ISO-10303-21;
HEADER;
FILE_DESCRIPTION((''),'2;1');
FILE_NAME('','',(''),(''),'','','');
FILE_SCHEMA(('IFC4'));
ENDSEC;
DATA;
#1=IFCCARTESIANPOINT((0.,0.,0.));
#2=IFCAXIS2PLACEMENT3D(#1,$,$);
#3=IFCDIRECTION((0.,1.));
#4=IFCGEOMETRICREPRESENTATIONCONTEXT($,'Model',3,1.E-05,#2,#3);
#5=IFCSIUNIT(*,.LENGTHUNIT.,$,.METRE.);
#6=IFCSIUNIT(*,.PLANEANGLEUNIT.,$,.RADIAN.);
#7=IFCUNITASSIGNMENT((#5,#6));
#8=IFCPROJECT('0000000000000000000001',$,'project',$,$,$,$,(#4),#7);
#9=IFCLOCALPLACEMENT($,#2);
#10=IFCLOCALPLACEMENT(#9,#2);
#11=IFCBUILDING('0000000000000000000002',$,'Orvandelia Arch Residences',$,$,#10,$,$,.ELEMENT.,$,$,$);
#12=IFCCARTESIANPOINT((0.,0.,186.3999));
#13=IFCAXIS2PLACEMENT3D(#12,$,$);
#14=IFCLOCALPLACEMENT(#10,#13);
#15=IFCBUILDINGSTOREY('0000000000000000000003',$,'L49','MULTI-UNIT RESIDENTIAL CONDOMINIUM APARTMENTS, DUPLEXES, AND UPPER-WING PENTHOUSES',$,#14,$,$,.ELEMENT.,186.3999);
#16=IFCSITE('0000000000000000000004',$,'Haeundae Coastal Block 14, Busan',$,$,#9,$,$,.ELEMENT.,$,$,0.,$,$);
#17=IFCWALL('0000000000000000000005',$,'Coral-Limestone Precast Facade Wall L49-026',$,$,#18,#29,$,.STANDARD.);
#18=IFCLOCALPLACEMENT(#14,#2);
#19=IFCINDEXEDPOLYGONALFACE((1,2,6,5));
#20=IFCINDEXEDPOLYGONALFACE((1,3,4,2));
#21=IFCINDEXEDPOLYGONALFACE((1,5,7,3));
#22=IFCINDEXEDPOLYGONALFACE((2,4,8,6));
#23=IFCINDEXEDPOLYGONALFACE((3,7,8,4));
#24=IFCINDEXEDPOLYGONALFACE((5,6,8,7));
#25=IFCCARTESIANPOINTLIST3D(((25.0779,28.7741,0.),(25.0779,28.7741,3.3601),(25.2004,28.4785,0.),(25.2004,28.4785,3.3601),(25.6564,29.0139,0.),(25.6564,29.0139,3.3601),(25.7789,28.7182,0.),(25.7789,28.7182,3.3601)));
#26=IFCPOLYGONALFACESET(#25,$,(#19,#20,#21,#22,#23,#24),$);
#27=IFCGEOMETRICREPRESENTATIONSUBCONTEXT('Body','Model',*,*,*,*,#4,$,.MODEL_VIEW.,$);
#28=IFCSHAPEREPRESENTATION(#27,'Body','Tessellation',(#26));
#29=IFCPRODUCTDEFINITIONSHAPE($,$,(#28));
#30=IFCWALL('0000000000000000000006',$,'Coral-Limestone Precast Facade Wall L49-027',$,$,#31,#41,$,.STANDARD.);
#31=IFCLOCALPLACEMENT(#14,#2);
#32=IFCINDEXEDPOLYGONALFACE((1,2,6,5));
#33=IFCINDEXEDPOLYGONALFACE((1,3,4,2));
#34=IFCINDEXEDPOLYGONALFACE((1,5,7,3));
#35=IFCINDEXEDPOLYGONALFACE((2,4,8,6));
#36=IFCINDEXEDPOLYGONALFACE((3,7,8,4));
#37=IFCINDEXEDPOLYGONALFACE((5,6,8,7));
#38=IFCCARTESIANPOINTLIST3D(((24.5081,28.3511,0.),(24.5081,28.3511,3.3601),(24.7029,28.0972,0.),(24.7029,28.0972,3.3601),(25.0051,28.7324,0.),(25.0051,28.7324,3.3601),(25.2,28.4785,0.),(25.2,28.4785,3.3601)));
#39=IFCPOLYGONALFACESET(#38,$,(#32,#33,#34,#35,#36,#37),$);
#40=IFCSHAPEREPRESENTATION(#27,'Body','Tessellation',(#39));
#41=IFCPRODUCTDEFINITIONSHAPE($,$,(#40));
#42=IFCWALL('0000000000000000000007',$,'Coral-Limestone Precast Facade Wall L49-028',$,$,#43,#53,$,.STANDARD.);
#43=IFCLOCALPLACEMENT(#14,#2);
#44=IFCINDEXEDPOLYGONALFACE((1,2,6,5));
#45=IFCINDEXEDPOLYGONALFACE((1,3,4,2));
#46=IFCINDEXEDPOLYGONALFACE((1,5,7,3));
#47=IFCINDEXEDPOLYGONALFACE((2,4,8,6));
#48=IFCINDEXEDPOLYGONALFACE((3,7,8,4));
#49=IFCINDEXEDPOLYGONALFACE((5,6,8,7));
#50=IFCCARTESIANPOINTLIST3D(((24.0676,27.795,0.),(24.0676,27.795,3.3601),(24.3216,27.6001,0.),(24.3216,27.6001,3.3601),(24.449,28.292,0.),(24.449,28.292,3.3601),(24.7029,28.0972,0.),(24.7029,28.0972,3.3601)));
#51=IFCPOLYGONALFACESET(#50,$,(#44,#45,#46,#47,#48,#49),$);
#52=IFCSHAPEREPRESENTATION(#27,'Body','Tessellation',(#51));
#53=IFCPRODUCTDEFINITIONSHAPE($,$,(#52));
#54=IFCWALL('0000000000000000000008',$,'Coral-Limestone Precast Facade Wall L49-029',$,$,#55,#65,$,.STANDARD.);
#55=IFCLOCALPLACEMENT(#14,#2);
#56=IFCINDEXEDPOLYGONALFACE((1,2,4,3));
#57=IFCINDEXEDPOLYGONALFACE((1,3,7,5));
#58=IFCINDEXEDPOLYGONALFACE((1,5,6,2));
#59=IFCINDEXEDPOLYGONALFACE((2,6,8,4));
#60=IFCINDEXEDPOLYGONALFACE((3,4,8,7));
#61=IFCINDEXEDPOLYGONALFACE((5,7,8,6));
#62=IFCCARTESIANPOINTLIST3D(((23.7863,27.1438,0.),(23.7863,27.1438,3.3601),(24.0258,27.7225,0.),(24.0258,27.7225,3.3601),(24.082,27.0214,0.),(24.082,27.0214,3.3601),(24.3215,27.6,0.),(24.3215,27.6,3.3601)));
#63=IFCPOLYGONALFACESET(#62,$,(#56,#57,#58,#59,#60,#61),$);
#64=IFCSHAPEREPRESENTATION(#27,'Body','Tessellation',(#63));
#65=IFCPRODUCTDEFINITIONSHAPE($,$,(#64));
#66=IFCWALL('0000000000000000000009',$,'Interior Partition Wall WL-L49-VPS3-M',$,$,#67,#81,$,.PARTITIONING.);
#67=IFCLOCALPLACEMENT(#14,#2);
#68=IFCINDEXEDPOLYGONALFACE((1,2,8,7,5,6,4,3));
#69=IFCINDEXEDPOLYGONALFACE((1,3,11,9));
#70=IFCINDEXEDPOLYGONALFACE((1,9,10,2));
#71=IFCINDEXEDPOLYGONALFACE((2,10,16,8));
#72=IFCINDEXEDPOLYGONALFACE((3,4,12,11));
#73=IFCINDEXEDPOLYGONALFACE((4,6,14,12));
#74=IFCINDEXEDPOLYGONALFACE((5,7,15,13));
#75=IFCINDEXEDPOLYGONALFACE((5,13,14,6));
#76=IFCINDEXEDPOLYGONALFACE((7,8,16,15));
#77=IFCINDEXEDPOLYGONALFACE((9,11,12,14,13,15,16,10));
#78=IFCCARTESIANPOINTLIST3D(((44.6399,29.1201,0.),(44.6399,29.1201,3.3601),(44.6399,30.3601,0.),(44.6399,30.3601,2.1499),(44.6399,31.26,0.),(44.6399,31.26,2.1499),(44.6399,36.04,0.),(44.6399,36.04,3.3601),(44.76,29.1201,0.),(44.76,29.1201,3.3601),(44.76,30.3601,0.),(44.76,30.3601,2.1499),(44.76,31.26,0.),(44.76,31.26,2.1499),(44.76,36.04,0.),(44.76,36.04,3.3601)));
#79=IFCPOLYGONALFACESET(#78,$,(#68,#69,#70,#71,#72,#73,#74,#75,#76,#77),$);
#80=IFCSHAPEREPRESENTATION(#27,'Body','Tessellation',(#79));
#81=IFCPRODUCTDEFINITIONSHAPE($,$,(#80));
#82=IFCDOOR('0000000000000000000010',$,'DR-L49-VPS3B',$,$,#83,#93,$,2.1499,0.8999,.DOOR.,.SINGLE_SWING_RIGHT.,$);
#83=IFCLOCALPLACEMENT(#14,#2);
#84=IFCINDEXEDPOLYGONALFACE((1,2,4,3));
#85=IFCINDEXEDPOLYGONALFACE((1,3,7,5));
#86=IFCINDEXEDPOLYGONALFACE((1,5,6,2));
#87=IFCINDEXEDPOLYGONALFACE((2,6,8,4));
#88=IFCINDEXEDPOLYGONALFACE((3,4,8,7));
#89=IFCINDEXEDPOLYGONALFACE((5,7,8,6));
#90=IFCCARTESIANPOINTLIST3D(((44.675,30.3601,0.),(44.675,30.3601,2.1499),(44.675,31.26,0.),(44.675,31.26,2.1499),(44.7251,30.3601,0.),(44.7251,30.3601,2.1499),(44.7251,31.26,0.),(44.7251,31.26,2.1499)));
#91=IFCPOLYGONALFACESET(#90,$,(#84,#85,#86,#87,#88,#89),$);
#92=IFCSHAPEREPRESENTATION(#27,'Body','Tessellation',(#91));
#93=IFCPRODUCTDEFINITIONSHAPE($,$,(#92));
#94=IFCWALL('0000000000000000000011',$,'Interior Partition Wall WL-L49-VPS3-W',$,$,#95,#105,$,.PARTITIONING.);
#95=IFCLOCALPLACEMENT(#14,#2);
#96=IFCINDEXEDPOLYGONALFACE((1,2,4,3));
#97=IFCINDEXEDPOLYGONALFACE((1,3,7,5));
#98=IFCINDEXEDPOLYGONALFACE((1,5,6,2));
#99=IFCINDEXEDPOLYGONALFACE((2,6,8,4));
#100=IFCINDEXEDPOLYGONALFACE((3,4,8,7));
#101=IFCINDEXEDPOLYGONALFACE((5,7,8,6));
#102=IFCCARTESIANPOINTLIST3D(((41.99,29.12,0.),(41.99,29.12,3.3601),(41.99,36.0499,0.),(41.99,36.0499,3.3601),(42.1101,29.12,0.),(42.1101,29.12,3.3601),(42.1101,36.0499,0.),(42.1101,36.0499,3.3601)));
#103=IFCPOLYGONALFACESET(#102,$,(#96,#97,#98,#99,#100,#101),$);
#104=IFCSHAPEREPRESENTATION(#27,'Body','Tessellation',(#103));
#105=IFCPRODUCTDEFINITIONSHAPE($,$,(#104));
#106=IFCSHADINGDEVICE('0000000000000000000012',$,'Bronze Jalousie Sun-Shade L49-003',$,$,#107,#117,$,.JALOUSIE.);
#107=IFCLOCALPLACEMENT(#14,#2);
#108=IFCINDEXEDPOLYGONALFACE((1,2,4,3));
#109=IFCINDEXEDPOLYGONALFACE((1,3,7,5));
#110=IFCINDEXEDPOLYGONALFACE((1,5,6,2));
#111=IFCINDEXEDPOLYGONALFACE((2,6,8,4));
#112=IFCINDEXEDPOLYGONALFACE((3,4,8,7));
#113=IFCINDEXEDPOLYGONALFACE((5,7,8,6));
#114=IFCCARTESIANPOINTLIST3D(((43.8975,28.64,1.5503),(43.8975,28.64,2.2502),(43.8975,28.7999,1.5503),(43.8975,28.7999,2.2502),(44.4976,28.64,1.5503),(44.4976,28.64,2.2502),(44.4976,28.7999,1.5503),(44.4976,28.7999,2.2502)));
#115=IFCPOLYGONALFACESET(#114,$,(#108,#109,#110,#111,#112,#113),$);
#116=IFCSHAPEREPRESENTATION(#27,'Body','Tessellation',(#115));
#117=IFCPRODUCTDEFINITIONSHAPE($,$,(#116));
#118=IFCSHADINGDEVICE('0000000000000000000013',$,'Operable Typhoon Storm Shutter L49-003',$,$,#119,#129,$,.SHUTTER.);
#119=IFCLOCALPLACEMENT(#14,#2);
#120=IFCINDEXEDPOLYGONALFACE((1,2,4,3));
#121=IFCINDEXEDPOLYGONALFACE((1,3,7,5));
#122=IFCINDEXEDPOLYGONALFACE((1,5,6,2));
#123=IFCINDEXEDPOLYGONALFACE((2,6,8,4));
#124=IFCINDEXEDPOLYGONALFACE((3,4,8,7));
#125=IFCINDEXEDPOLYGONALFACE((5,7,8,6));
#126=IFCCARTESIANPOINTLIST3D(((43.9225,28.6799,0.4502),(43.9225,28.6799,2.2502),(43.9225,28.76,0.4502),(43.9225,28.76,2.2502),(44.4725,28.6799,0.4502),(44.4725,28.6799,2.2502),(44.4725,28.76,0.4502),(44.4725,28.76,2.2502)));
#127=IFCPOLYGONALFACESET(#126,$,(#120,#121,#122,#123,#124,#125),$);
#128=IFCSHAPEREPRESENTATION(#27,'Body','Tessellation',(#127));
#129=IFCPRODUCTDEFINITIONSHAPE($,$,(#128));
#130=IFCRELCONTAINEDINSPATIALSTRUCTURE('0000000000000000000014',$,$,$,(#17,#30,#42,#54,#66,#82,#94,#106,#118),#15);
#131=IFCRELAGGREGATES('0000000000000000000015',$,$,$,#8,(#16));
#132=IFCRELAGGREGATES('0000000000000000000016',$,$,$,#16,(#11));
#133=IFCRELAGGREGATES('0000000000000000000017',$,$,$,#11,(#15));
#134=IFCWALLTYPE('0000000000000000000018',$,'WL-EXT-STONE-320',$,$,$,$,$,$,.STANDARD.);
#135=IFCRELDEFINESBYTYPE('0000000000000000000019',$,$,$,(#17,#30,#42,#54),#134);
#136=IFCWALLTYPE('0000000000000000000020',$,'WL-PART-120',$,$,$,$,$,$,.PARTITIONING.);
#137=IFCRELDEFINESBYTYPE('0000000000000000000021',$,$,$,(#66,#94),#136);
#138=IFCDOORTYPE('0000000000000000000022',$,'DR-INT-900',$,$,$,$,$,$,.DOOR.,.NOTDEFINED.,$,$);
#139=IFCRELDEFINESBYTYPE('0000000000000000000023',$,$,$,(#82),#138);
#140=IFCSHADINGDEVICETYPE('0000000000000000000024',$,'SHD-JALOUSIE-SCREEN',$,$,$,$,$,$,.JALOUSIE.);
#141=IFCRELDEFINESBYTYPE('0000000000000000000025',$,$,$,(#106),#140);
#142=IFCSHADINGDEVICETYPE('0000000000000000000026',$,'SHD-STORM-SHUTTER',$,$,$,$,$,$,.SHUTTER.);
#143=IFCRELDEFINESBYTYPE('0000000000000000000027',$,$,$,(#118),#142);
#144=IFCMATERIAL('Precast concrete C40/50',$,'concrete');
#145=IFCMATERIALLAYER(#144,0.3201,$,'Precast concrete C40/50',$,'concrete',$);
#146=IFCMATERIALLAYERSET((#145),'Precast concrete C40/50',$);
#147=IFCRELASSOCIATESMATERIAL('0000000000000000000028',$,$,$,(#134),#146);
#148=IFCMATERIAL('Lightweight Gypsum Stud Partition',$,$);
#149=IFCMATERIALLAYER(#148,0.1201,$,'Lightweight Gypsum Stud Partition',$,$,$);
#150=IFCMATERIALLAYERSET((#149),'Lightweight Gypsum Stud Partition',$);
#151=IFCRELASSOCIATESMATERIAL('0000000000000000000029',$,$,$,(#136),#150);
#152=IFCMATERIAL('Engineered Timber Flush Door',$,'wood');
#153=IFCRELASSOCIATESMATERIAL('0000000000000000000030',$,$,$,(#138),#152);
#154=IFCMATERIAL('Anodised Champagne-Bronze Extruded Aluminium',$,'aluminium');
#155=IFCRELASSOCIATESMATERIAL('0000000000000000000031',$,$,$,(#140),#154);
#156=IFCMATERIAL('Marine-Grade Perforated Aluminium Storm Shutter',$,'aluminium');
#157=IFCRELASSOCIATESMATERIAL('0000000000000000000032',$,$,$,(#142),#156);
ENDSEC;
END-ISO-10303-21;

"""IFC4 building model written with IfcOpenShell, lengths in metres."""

from ifc_helpers import new_model, si_unit, direction, frame, frame_2d, origin, origin_2d, place, context, subcontext, project, spatial, rectangle, extrude, material, layer, layer_set, type_object, element, fill, save


model = new_model("IFC4")

# Units and contexts
model_context = context("Model", 3, precision=1e-05, world=origin(), true_north=direction((0.0, 1.0)))
body_context = subcontext(model_context, "Body", "Model", "MODEL_VIEW")
ifc_project = project(units=[si_unit("LENGTHUNIT", "METRE"), si_unit("PLANEANGLEUNIT", "RADIAN")], contexts=[model_context])

# Site, building, storey
site_placement = place(None, origin())
site = spatial("IfcSite", under=ifc_project, at=site_placement, Name="Haeundae Coastal Block 14, Busan", CompositionType="ELEMENT", RefElevation=0.0)
building_placement = place(site_placement, origin())
building = spatial("IfcBuilding", under=site, at=building_placement, Name="Orvandelia Arch Residences", CompositionType="ELEMENT")
storey_placement = place(building_placement, frame((0.0, 0.0, 186.3999)))
storey = spatial("IfcBuildingStorey", under=building, at=storey_placement, Name="L49", Description="MULTI-UNIT RESIDENTIAL CONDOMINIUM APARTMENTS, DUPLEXES, AND UPPER-WING PENTHOUSES", CompositionType="ELEMENT", Elevation=186.3999)

# Shared definitions
ifc_material_1 = material(Name="Precast concrete C40/50", Category="concrete")
ifc_layer_1 = layer(ifc_material_1, 0.3201, Name="Precast concrete C40/50", Category="concrete")
ifc_layer_set_1 = layer_set([ifc_layer_1], Name="Precast concrete C40/50")
wall_type_1 = type_object("IfcWallType", Name="WL-EXT-STONE-320", PredefinedType="STANDARD", material=ifc_layer_set_1)

# Walls
wall_1_placement = place(storey_placement, frame((25.7175, 28.866, 0.0), z_axis=(0.0, 0.0, 1.0), x_axis=(-0.923836, -0.382788, 0.0)))
element("IfcWall", 1, at=wall_1_placement, inside=storey, type_object=wall_type_1, Name="Coral-Limestone Precast Facade Wall L49-026", PredefinedType="STANDARD", context=body_context, shape_type="SweptSolid", body=[
    extrude(rectangle(XDim=0.6262, YDim=0.3201, at=frame_2d((0.313, 0.0))), origin(), (0.0, 0.0, 1.0), 3.3601),
])
for number, where, z_axis, x_axis, name in (
    (2, (25.1025, 28.6055, 0.0), (0.0, 0.0, 1.0), (-0.793406, -0.608693, 0.0), "Coral-Limestone Precast Facade Wall L49-027"),
    (3, (24.5759, 28.1946, 0.0), (0.0, 0.0, 1.0), (-0.608693, -0.793406, 0.0), "Coral-Limestone Precast Facade Wall L49-028"),
):
    element("IfcWall", number, at=place(storey_placement, frame(where, z_axis=z_axis, x_axis=x_axis)), inside=storey, type_object=wall_type_1, Name=name, PredefinedType="STANDARD", context=body_context, shape_type="SweptSolid", body=[
        extrude(rectangle(XDim=0.6265, YDim=0.3201, at=frame_2d((0.3132, 0.0))), origin(), (0.0, 0.0, 1.0), 3.3601),
    ])
wall_2_placement = place(storey_placement, frame((24.1736, 27.6611, 0.0), z_axis=(0.0, 0.0, 1.0), x_axis=(-0.382455, -0.923974, 0.0)))
element("IfcWall", 4, at=wall_2_placement, inside=storey, type_object=wall_type_1, Name="Coral-Limestone Precast Facade Wall L49-029", PredefinedType="STANDARD", context=body_context, shape_type="SweptSolid", body=[
    extrude(rectangle(XDim=0.6262, YDim=0.3201, at=frame_2d((0.313, 0.0))), origin(), (0.0, 0.0, 1.0), 3.3601),
])

# Wall, opening, door
ifc_material_2 = material(Name="Lightweight Gypsum Stud Partition")
ifc_layer_2 = layer(ifc_material_2, 0.1201, Name="Lightweight Gypsum Stud Partition")
ifc_layer_set_2 = layer_set([ifc_layer_2], Name="Lightweight Gypsum Stud Partition")
wall_type_2 = type_object("IfcWallType", Name="WL-PART-120", PredefinedType="PARTITIONING", material=ifc_layer_set_2)
wall_3_placement = place(storey_placement, frame((44.7, 29.1201, 0.0), z_axis=(0.0, 0.0, 1.0), x_axis=(0.0, 1.0, 0.0)))
wall_3 = element("IfcWall", 5, at=wall_3_placement, inside=storey, type_object=wall_type_2, Name="Interior Partition Wall WL-L49-VPS3-M", PredefinedType="PARTITIONING", context=body_context, shape_type="SweptSolid", body=[
    extrude(rectangle(XDim=6.9199, YDim=0.1201, at=frame_2d((3.46, 0.0))), origin(), (0.0, 0.0, 1.0), 3.3601),
])
opening_1_placement = place(wall_3_placement, frame((1.24, 0.0, 0.0)))
opening_1 = element("IfcOpeningElement", 6, at=opening_1_placement, cuts=wall_3, PredefinedType="OPENING", context=body_context, shape_type="SweptSolid", body=[
    extrude(rectangle(XDim=0.8999, YDim=2.1499, at=frame_2d((0.45, 1.075))), frame((0.0, 0.0701, 0.0), z_axis=(0.0, -1.0, 0.0), x_axis=(1.0, 0.0, 0.0)), (0.0, 0.0, 1.0), 0.1401),
])
ifc_material_3 = material(Name="Engineered Timber Flush Door", Category="wood")
door_type = type_object("IfcDoorType", Name="DR-INT-900", OperationType="NOTDEFINED", PredefinedType="DOOR", material=ifc_material_3)
door_placement = place(opening_1_placement, origin())
door = element("IfcDoor", 7, at=door_placement, inside=storey, type_object=door_type, Name="DR-L49-VPS3B", OperationType="SINGLE_SWING_RIGHT", OverallHeight=2.1499, OverallWidth=0.8999, PredefinedType="DOOR", context=body_context, shape_type="SweptSolid", body=[
    extrude(rectangle(XDim=0.8999, YDim=2.1499, at=frame_2d((0.45, 1.075))), frame((0.0, 0.0249, 0.0), z_axis=(0.0, -1.0, 0.0), x_axis=(1.0, 0.0, 0.0)), (0.0, 0.0, 1.0), 0.05),
])
fill(opening_1, door)

# Wall
wall_4_placement = place(storey_placement, frame((42.05, 29.1201, 0.0), z_axis=(0.0, 0.0, 1.0), x_axis=(0.0, 1.0, 0.0)))
element("IfcWall", 8, at=wall_4_placement, inside=storey, type_object=wall_type_2, Name="Interior Partition Wall WL-L49-VPS3-W", PredefinedType="PARTITIONING", context=body_context, shape_type="SweptSolid", body=[
    extrude(rectangle(XDim=6.9299, YDim=0.1201, at=frame_2d((3.4648, 0.0))), origin(), (0.0, 0.0, 1.0), 3.3601),
])

# Shading devices
ifc_material_4 = material(Name="Anodised Champagne-Bronze Extruded Aluminium", Category="aluminium")
shading_device_type_1 = type_object("IfcShadingDeviceType", Name="SHD-JALOUSIE-SCREEN", PredefinedType="JALOUSIE", material=ifc_material_4)
shading_device_1_placement = place(storey_placement, frame((44.1975, 28.72, 1.5503), z_axis=(0.0, 0.0, 1.0), x_axis=(-1.0, 0.0, 0.0)))
element("IfcShadingDevice", 9, at=shading_device_1_placement, inside=storey, type_object=shading_device_type_1, Name="Bronze Jalousie Sun-Shade L49-003", PredefinedType="JALOUSIE", context=body_context, shape_type="SweptSolid", body=[
    extrude(rectangle(XDim=0.6001, YDim=0.1599, at=origin_2d()), origin(), (0.0, 0.0, 1.0), 0.7),
])
ifc_material_5 = material(Name="Marine-Grade Perforated Aluminium Storm Shutter", Category="aluminium")
shading_device_type_2 = type_object("IfcShadingDeviceType", Name="SHD-STORM-SHUTTER", PredefinedType="SHUTTER", material=ifc_material_5)
shading_device_2_placement = place(storey_placement, frame((44.1975, 28.72, 0.4502), z_axis=(0.0, 0.0, 1.0), x_axis=(-1.0, 0.0, 0.0)))
element("IfcShadingDevice", 10, at=shading_device_2_placement, inside=storey, type_object=shading_device_type_2, Name="Operable Typhoon Storm Shutter L49-003", PredefinedType="SHUTTER", context=body_context, shape_type="SweptSolid", body=[
    extrude(rectangle(XDim=0.55, YDim=0.0801, at=origin_2d()), origin(), (0.0, 0.0, 1.0), 1.8),
])

save(model, "model.ifc")
